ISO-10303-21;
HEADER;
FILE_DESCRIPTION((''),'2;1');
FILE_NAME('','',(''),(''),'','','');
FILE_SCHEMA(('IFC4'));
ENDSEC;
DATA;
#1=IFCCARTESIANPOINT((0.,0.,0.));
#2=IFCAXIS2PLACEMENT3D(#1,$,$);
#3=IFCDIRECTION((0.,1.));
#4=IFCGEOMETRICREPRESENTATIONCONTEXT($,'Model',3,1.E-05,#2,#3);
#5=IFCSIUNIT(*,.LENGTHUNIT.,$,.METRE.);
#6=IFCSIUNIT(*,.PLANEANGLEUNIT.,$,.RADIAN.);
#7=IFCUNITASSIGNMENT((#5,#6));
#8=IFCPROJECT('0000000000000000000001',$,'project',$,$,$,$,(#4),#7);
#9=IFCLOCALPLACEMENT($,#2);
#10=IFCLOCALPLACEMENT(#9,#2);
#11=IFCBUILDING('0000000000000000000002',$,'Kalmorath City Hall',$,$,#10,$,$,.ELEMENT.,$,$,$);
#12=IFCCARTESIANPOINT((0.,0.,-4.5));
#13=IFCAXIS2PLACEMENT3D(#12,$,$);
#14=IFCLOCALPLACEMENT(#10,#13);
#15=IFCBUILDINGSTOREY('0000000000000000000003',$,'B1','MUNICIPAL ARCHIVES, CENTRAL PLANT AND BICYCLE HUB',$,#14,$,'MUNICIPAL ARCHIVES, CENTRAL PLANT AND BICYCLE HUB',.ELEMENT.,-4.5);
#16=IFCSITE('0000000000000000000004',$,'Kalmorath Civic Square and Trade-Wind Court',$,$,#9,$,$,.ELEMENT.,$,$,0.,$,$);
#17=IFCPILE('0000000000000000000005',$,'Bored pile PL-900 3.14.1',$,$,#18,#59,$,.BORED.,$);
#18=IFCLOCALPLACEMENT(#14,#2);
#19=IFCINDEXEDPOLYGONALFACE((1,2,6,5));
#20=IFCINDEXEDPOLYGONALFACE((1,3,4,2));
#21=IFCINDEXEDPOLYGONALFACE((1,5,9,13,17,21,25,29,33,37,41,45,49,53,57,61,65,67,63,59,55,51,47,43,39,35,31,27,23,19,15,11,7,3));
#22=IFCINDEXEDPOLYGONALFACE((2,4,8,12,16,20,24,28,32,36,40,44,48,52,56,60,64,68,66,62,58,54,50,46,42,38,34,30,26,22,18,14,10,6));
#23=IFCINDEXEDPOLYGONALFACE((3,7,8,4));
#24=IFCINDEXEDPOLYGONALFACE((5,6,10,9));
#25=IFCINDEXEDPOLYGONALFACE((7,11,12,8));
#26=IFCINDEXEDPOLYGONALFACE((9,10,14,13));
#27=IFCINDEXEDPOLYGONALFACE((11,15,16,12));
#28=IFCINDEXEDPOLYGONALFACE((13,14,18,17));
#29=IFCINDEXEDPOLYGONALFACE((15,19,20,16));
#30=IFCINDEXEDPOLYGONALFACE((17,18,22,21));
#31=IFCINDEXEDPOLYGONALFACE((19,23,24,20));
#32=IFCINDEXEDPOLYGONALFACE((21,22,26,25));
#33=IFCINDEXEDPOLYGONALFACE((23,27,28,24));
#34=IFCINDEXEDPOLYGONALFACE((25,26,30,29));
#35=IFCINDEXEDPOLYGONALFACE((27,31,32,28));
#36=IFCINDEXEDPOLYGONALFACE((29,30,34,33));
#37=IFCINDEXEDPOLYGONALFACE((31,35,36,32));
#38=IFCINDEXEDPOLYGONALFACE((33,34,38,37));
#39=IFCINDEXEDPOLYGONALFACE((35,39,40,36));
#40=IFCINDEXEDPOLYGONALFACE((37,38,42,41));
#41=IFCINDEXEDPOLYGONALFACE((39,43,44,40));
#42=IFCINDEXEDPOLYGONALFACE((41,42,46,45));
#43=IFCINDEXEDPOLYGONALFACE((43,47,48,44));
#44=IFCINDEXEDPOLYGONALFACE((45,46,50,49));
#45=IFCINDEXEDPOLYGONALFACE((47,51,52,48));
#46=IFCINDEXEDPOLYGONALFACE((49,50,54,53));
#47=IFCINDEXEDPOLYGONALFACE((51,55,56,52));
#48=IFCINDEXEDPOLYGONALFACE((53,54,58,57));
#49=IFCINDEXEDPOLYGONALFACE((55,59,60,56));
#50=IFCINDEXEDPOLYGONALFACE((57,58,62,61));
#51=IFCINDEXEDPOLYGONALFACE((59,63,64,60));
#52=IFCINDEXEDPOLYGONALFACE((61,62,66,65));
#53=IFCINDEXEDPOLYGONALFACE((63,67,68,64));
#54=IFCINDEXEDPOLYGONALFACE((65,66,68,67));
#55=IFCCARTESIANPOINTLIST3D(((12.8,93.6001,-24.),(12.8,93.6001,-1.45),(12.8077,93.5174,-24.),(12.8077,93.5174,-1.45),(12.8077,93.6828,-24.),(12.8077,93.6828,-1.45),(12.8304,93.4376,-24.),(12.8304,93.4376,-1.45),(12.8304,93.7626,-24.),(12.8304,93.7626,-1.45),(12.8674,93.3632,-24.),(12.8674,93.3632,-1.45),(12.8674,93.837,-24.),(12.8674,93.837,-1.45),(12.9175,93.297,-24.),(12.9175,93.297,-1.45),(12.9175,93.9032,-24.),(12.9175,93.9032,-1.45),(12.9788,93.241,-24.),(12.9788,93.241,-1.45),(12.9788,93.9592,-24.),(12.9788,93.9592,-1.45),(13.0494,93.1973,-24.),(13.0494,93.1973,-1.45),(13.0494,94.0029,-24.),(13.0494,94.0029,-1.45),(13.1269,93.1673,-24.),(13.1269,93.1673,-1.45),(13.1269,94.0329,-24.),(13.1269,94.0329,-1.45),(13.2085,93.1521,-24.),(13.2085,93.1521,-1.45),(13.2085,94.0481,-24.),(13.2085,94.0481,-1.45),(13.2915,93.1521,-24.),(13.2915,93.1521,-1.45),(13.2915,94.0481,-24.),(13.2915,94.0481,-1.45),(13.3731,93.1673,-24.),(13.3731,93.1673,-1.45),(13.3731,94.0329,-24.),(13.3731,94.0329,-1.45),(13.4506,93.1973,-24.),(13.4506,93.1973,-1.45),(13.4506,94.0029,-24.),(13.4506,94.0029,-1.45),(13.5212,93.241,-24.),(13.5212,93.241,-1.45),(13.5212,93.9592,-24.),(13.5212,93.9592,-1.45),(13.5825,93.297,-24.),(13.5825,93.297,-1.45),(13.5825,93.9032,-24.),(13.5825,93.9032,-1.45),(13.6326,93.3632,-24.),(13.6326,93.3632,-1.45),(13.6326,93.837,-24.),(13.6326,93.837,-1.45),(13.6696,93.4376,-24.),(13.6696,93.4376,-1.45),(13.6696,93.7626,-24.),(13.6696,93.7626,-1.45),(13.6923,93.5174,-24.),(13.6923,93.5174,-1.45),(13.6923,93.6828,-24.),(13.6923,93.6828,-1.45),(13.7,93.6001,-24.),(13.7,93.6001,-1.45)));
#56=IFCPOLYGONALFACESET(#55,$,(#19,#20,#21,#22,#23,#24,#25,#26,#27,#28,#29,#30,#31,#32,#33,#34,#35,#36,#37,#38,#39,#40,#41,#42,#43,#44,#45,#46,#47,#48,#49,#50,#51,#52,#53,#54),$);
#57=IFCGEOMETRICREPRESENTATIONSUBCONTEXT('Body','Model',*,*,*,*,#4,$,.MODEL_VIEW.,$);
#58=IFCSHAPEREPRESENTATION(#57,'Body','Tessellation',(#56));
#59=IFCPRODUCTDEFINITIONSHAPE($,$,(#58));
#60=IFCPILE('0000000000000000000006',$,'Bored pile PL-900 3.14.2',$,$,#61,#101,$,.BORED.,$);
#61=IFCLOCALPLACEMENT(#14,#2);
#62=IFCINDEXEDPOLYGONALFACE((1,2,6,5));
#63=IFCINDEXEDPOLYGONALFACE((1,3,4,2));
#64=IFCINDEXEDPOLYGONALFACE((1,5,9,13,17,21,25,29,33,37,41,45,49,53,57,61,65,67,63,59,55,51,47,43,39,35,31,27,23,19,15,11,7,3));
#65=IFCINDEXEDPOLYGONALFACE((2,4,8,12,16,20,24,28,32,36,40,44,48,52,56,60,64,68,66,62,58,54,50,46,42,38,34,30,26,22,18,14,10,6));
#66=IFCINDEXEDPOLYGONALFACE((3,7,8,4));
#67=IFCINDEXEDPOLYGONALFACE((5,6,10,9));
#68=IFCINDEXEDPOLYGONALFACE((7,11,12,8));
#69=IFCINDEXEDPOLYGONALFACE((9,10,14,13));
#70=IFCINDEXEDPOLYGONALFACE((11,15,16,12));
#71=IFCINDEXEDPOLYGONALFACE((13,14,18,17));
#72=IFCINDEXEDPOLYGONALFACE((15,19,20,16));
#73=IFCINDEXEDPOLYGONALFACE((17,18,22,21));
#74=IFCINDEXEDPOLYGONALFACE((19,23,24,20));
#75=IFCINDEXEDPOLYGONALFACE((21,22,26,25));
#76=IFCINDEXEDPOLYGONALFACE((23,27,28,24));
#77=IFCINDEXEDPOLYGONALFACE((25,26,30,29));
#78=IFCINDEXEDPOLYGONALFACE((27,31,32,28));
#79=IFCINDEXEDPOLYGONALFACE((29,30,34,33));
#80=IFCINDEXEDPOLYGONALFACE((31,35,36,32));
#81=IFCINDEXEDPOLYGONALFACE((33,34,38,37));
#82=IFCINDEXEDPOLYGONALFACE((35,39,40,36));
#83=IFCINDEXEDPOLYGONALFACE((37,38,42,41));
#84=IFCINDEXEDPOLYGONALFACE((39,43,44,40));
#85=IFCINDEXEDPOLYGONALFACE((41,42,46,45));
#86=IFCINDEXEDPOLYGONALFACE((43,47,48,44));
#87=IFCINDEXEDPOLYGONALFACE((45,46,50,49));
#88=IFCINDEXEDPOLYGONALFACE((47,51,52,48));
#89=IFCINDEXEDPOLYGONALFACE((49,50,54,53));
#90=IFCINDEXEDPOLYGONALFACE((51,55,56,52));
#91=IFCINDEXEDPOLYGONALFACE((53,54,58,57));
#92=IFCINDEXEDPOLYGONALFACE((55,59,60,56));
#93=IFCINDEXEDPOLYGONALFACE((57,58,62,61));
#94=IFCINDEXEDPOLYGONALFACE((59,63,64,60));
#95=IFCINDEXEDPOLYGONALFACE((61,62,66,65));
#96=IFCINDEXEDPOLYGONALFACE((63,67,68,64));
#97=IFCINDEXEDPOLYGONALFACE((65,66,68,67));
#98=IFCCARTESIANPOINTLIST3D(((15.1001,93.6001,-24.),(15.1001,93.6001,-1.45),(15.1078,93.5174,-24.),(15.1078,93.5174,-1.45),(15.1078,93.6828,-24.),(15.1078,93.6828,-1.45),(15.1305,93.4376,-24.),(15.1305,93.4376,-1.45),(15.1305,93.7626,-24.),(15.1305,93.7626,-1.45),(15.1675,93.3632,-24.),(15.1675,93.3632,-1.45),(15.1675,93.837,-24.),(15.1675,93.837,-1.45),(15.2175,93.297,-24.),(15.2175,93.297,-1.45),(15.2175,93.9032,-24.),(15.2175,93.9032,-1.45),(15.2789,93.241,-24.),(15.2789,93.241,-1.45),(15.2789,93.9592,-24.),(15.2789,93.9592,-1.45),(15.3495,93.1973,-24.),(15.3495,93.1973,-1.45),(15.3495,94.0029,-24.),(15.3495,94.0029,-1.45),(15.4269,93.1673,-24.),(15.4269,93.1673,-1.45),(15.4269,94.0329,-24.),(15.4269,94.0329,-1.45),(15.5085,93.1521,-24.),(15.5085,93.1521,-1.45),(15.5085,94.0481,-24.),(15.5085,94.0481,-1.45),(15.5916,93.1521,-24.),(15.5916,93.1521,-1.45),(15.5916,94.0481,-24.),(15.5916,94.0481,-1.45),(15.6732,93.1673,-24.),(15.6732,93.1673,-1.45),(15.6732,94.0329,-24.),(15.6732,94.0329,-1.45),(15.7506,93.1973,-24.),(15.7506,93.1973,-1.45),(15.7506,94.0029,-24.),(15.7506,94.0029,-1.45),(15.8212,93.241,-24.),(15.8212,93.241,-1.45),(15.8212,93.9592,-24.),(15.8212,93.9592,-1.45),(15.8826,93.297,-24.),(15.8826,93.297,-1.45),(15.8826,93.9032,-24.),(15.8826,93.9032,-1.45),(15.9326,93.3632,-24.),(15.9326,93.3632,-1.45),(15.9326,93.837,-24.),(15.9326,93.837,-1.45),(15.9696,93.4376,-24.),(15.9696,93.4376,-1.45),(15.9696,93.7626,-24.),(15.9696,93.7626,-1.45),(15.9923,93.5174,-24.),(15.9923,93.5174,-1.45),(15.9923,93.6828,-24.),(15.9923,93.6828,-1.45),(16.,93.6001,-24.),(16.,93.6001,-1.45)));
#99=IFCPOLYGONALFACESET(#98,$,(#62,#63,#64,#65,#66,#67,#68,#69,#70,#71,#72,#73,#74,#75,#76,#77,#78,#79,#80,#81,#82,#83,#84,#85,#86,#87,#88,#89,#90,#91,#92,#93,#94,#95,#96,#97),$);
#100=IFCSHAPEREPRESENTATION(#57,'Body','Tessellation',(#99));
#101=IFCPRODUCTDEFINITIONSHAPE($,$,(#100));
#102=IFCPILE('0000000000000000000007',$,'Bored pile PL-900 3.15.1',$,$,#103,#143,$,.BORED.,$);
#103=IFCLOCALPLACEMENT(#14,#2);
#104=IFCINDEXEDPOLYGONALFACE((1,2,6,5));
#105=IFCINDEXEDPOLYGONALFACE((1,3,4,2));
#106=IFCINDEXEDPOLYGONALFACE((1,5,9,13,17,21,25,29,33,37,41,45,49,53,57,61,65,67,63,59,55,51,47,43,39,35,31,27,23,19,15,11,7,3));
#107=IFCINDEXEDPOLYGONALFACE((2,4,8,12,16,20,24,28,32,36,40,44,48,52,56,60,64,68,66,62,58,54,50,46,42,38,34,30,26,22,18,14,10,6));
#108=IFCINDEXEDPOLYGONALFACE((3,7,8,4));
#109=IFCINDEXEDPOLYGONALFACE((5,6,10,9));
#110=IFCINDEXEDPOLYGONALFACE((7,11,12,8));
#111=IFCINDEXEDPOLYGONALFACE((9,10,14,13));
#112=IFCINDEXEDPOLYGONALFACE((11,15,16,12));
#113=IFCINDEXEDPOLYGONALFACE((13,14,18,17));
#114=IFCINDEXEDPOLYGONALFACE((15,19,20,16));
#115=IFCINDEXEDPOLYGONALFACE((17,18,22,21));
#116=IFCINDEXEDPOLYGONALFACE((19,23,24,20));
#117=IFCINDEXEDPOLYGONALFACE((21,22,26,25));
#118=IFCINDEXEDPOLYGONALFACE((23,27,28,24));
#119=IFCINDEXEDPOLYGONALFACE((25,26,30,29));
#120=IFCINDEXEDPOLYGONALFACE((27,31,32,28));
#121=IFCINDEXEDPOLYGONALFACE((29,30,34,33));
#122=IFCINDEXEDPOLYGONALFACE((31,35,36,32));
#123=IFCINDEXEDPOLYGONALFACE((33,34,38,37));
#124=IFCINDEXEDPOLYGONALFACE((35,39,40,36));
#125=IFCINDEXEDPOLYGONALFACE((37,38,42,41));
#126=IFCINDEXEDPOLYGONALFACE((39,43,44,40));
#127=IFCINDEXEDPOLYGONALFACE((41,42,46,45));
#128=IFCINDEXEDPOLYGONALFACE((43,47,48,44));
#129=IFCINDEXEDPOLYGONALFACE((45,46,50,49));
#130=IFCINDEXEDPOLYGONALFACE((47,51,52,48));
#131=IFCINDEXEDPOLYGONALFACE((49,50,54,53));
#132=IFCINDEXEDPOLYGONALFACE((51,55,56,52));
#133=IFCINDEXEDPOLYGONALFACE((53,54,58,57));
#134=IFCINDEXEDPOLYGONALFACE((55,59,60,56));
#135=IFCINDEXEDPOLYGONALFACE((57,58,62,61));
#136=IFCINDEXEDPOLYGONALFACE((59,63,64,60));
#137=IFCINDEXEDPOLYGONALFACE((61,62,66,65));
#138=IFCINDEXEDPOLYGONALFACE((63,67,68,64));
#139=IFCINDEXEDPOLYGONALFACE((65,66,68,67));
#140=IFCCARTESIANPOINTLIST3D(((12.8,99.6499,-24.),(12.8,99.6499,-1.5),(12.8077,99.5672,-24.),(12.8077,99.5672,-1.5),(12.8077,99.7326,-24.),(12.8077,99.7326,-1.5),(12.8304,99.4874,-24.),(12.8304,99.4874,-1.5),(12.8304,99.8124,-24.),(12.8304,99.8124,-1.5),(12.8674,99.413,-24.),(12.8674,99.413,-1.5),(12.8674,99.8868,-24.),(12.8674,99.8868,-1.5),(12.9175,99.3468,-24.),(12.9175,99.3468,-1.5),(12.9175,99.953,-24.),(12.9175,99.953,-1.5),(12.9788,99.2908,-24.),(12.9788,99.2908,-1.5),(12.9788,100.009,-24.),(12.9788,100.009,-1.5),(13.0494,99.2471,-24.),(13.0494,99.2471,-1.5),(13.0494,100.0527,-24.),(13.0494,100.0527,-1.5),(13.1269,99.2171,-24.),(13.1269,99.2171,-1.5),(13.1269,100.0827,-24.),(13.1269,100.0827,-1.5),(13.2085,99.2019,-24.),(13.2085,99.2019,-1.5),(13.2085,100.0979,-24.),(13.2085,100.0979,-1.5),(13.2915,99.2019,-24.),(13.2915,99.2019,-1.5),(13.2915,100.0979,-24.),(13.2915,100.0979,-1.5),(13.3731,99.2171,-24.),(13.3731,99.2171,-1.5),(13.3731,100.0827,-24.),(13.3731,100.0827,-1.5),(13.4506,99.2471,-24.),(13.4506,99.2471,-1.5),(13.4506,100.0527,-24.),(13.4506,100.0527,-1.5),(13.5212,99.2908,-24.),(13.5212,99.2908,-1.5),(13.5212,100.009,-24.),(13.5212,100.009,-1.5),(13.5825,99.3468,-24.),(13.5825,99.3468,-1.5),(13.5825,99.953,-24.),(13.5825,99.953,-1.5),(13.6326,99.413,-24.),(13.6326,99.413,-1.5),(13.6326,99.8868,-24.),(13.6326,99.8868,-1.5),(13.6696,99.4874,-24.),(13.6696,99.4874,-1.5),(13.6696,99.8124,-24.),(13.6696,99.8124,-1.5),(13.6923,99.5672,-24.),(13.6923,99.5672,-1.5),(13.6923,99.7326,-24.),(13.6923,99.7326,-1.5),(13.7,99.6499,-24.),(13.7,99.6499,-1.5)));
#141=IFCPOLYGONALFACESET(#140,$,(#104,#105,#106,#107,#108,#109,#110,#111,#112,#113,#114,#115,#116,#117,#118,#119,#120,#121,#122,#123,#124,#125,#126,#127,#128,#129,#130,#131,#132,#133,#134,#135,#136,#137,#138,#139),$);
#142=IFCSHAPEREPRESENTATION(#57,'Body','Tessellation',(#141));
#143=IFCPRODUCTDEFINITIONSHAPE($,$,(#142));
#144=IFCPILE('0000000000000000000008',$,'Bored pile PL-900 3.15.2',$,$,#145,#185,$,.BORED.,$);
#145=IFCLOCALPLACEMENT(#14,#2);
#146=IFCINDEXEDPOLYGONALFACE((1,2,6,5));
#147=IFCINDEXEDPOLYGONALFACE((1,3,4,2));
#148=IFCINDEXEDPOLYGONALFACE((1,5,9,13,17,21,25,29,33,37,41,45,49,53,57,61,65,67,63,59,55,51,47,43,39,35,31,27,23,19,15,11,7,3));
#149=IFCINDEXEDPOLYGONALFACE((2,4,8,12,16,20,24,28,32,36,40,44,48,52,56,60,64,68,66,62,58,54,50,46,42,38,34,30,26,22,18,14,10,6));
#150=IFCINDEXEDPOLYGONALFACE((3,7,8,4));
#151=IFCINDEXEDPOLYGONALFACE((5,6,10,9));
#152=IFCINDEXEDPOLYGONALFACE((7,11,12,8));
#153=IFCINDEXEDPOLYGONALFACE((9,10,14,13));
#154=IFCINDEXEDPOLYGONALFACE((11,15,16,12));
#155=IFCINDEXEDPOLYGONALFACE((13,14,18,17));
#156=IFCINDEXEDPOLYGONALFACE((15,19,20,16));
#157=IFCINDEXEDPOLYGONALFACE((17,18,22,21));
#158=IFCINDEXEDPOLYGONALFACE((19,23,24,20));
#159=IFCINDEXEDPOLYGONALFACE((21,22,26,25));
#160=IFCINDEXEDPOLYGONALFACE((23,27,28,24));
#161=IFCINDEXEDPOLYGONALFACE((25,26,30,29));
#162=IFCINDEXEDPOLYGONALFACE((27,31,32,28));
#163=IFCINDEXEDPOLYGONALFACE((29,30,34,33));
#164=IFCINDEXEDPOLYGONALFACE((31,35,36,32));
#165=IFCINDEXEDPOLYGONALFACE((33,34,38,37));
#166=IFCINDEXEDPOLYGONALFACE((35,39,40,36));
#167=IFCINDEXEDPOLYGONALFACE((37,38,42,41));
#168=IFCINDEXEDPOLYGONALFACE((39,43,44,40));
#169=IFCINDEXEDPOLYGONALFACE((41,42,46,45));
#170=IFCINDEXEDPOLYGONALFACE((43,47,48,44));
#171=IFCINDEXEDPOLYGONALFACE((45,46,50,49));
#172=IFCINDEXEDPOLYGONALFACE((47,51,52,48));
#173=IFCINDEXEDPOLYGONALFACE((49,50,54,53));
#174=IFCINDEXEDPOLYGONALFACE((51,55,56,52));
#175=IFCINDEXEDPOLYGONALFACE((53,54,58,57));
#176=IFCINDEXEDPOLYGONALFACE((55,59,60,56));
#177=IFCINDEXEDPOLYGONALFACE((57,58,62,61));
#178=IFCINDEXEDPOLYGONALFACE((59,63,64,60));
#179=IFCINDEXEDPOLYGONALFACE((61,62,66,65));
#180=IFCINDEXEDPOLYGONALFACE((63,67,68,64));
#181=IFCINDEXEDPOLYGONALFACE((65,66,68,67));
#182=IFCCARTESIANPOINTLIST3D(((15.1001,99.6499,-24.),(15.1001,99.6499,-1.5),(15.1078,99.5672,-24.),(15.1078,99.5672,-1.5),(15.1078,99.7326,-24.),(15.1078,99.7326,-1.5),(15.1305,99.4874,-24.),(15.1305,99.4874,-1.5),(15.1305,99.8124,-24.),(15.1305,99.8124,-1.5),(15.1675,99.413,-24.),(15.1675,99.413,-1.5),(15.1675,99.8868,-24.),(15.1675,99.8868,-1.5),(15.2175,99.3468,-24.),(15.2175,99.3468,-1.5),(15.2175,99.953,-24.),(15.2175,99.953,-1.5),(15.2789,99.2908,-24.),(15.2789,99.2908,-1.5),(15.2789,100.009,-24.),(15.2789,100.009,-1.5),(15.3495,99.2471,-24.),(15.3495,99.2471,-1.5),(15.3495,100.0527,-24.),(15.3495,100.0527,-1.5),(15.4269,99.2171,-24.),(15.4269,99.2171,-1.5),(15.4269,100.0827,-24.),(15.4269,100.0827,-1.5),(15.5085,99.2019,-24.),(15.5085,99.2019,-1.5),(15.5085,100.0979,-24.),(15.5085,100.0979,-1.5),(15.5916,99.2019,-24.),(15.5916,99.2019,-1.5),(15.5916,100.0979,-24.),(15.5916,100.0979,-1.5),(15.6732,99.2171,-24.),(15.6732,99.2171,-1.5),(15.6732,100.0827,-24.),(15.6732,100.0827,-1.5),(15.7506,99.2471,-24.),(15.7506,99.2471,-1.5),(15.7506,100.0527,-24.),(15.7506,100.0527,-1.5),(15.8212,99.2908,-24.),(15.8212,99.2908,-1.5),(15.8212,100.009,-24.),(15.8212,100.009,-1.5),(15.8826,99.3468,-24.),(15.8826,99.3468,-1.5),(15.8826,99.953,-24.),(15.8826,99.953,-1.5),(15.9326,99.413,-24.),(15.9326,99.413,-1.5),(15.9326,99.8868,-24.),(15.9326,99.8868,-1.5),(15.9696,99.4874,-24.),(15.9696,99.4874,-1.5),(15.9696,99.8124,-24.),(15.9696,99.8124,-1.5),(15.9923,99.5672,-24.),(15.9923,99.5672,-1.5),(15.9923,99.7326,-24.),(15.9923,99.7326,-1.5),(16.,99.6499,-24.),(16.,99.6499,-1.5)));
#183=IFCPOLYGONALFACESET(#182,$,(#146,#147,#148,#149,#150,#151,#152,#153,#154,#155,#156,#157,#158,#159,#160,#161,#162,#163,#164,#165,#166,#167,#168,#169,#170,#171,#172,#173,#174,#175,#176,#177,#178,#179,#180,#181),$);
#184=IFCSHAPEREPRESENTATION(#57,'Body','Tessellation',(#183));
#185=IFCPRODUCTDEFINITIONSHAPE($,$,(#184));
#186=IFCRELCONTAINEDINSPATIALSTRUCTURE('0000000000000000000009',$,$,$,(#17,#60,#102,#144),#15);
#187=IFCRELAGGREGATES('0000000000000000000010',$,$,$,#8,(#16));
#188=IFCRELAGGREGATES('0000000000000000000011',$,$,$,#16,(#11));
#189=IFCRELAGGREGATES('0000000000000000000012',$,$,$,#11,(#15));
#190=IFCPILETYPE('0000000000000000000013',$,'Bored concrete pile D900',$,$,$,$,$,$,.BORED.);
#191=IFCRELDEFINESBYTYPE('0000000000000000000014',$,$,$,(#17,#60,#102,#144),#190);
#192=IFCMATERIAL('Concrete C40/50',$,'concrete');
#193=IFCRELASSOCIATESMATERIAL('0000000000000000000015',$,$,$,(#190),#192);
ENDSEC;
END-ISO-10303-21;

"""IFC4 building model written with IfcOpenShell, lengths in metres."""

from ifc_helpers import new_model, si_unit, direction, frame, origin, origin_2d, place, context, subcontext, project, spatial, circle, extrude, material, material_profile, profile_set, type_object, element, save


model = new_model("IFC4")

# Units and contexts
model_context = context("Model", 3, precision=1e-05, world=origin(), true_north=direction((0.0, 1.0)))
body_context = subcontext(model_context, "Body", "Model", "MODEL_VIEW")
ifc_project = project(units=[si_unit("LENGTHUNIT", "METRE"), si_unit("PLANEANGLEUNIT", "RADIAN")], contexts=[model_context])

# Site, building, storey
site_placement = place(None, origin())
site = spatial("IfcSite", under=ifc_project, at=site_placement, Name="Kalmorath Civic Square and Trade-Wind Court", CompositionType="ELEMENT", RefElevation=0.0)
building_placement = place(site_placement, origin())
building = spatial("IfcBuilding", under=site, at=building_placement, Name="Kalmorath City Hall", CompositionType="ELEMENT")
storey_placement = place(building_placement, frame((0.0, 0.0, -4.5)))
storey = spatial("IfcBuildingStorey", under=building, at=storey_placement, Name="B1", Description="MUNICIPAL ARCHIVES, CENTRAL PLANT AND BICYCLE HUB", LongName="MUNICIPAL ARCHIVES, CENTRAL PLANT AND BICYCLE HUB", CompositionType="ELEMENT", Elevation=-4.5)

# Piles
ifc_material_1 = material(Name="Concrete C40/50", Category="concrete")
ifc_material_profile_1 = material_profile(ifc_material_1, circle(Radius=0.45, at=origin_2d()), Name="PILE-D900")
ifc_profile_set_1 = profile_set([ifc_material_profile_1], Name="Concrete C40/50")
pile_type = type_object("IfcPileType", Name="Bored concrete pile D900", PredefinedType="BORED", material=ifc_profile_set_1)
for number, where, z_axis, x_axis, name in (
    (1, (13.25, 93.6001, -1.45), (0.0, 0.0, -1.0), (1.0, 0.0, 0.0), "Bored pile PL-900 3.14.1"),
    (2, (15.55, 93.6001, -1.45), (0.0, 0.0, -1.0), (1.0, 0.0, 0.0), "Bored pile PL-900 3.14.2"),
):
    element("IfcPile", number, at=place(storey_placement, frame(where, z_axis=z_axis, x_axis=x_axis)), inside=storey, type_object=pile_type, Name=name, PredefinedType="BORED", context=body_context, shape_type="SweptSolid", body=[
        extrude(circle(Radius=0.45, at=origin_2d()), origin(), (0.0, 0.0, 1.0), 22.55),
    ])
for number, where, z_axis, x_axis, name in (
    (3, (13.25, 99.6499, -1.5), (0.0, 0.0, -1.0), (1.0, 0.0, 0.0), "Bored pile PL-900 3.15.1"),
    (4, (15.55, 99.6499, -1.5), (0.0, 0.0, -1.0), (1.0, 0.0, 0.0), "Bored pile PL-900 3.15.2"),
):
    element("IfcPile", number, at=place(storey_placement, frame(where, z_axis=z_axis, x_axis=x_axis)), inside=storey, type_object=pile_type, Name=name, PredefinedType="BORED", context=body_context, shape_type="SweptSolid", body=[
        extrude(circle(Radius=0.45, at=origin_2d()), origin(), (0.0, 0.0, 1.0), 22.5),
    ])

save(model, "model.ifc")
